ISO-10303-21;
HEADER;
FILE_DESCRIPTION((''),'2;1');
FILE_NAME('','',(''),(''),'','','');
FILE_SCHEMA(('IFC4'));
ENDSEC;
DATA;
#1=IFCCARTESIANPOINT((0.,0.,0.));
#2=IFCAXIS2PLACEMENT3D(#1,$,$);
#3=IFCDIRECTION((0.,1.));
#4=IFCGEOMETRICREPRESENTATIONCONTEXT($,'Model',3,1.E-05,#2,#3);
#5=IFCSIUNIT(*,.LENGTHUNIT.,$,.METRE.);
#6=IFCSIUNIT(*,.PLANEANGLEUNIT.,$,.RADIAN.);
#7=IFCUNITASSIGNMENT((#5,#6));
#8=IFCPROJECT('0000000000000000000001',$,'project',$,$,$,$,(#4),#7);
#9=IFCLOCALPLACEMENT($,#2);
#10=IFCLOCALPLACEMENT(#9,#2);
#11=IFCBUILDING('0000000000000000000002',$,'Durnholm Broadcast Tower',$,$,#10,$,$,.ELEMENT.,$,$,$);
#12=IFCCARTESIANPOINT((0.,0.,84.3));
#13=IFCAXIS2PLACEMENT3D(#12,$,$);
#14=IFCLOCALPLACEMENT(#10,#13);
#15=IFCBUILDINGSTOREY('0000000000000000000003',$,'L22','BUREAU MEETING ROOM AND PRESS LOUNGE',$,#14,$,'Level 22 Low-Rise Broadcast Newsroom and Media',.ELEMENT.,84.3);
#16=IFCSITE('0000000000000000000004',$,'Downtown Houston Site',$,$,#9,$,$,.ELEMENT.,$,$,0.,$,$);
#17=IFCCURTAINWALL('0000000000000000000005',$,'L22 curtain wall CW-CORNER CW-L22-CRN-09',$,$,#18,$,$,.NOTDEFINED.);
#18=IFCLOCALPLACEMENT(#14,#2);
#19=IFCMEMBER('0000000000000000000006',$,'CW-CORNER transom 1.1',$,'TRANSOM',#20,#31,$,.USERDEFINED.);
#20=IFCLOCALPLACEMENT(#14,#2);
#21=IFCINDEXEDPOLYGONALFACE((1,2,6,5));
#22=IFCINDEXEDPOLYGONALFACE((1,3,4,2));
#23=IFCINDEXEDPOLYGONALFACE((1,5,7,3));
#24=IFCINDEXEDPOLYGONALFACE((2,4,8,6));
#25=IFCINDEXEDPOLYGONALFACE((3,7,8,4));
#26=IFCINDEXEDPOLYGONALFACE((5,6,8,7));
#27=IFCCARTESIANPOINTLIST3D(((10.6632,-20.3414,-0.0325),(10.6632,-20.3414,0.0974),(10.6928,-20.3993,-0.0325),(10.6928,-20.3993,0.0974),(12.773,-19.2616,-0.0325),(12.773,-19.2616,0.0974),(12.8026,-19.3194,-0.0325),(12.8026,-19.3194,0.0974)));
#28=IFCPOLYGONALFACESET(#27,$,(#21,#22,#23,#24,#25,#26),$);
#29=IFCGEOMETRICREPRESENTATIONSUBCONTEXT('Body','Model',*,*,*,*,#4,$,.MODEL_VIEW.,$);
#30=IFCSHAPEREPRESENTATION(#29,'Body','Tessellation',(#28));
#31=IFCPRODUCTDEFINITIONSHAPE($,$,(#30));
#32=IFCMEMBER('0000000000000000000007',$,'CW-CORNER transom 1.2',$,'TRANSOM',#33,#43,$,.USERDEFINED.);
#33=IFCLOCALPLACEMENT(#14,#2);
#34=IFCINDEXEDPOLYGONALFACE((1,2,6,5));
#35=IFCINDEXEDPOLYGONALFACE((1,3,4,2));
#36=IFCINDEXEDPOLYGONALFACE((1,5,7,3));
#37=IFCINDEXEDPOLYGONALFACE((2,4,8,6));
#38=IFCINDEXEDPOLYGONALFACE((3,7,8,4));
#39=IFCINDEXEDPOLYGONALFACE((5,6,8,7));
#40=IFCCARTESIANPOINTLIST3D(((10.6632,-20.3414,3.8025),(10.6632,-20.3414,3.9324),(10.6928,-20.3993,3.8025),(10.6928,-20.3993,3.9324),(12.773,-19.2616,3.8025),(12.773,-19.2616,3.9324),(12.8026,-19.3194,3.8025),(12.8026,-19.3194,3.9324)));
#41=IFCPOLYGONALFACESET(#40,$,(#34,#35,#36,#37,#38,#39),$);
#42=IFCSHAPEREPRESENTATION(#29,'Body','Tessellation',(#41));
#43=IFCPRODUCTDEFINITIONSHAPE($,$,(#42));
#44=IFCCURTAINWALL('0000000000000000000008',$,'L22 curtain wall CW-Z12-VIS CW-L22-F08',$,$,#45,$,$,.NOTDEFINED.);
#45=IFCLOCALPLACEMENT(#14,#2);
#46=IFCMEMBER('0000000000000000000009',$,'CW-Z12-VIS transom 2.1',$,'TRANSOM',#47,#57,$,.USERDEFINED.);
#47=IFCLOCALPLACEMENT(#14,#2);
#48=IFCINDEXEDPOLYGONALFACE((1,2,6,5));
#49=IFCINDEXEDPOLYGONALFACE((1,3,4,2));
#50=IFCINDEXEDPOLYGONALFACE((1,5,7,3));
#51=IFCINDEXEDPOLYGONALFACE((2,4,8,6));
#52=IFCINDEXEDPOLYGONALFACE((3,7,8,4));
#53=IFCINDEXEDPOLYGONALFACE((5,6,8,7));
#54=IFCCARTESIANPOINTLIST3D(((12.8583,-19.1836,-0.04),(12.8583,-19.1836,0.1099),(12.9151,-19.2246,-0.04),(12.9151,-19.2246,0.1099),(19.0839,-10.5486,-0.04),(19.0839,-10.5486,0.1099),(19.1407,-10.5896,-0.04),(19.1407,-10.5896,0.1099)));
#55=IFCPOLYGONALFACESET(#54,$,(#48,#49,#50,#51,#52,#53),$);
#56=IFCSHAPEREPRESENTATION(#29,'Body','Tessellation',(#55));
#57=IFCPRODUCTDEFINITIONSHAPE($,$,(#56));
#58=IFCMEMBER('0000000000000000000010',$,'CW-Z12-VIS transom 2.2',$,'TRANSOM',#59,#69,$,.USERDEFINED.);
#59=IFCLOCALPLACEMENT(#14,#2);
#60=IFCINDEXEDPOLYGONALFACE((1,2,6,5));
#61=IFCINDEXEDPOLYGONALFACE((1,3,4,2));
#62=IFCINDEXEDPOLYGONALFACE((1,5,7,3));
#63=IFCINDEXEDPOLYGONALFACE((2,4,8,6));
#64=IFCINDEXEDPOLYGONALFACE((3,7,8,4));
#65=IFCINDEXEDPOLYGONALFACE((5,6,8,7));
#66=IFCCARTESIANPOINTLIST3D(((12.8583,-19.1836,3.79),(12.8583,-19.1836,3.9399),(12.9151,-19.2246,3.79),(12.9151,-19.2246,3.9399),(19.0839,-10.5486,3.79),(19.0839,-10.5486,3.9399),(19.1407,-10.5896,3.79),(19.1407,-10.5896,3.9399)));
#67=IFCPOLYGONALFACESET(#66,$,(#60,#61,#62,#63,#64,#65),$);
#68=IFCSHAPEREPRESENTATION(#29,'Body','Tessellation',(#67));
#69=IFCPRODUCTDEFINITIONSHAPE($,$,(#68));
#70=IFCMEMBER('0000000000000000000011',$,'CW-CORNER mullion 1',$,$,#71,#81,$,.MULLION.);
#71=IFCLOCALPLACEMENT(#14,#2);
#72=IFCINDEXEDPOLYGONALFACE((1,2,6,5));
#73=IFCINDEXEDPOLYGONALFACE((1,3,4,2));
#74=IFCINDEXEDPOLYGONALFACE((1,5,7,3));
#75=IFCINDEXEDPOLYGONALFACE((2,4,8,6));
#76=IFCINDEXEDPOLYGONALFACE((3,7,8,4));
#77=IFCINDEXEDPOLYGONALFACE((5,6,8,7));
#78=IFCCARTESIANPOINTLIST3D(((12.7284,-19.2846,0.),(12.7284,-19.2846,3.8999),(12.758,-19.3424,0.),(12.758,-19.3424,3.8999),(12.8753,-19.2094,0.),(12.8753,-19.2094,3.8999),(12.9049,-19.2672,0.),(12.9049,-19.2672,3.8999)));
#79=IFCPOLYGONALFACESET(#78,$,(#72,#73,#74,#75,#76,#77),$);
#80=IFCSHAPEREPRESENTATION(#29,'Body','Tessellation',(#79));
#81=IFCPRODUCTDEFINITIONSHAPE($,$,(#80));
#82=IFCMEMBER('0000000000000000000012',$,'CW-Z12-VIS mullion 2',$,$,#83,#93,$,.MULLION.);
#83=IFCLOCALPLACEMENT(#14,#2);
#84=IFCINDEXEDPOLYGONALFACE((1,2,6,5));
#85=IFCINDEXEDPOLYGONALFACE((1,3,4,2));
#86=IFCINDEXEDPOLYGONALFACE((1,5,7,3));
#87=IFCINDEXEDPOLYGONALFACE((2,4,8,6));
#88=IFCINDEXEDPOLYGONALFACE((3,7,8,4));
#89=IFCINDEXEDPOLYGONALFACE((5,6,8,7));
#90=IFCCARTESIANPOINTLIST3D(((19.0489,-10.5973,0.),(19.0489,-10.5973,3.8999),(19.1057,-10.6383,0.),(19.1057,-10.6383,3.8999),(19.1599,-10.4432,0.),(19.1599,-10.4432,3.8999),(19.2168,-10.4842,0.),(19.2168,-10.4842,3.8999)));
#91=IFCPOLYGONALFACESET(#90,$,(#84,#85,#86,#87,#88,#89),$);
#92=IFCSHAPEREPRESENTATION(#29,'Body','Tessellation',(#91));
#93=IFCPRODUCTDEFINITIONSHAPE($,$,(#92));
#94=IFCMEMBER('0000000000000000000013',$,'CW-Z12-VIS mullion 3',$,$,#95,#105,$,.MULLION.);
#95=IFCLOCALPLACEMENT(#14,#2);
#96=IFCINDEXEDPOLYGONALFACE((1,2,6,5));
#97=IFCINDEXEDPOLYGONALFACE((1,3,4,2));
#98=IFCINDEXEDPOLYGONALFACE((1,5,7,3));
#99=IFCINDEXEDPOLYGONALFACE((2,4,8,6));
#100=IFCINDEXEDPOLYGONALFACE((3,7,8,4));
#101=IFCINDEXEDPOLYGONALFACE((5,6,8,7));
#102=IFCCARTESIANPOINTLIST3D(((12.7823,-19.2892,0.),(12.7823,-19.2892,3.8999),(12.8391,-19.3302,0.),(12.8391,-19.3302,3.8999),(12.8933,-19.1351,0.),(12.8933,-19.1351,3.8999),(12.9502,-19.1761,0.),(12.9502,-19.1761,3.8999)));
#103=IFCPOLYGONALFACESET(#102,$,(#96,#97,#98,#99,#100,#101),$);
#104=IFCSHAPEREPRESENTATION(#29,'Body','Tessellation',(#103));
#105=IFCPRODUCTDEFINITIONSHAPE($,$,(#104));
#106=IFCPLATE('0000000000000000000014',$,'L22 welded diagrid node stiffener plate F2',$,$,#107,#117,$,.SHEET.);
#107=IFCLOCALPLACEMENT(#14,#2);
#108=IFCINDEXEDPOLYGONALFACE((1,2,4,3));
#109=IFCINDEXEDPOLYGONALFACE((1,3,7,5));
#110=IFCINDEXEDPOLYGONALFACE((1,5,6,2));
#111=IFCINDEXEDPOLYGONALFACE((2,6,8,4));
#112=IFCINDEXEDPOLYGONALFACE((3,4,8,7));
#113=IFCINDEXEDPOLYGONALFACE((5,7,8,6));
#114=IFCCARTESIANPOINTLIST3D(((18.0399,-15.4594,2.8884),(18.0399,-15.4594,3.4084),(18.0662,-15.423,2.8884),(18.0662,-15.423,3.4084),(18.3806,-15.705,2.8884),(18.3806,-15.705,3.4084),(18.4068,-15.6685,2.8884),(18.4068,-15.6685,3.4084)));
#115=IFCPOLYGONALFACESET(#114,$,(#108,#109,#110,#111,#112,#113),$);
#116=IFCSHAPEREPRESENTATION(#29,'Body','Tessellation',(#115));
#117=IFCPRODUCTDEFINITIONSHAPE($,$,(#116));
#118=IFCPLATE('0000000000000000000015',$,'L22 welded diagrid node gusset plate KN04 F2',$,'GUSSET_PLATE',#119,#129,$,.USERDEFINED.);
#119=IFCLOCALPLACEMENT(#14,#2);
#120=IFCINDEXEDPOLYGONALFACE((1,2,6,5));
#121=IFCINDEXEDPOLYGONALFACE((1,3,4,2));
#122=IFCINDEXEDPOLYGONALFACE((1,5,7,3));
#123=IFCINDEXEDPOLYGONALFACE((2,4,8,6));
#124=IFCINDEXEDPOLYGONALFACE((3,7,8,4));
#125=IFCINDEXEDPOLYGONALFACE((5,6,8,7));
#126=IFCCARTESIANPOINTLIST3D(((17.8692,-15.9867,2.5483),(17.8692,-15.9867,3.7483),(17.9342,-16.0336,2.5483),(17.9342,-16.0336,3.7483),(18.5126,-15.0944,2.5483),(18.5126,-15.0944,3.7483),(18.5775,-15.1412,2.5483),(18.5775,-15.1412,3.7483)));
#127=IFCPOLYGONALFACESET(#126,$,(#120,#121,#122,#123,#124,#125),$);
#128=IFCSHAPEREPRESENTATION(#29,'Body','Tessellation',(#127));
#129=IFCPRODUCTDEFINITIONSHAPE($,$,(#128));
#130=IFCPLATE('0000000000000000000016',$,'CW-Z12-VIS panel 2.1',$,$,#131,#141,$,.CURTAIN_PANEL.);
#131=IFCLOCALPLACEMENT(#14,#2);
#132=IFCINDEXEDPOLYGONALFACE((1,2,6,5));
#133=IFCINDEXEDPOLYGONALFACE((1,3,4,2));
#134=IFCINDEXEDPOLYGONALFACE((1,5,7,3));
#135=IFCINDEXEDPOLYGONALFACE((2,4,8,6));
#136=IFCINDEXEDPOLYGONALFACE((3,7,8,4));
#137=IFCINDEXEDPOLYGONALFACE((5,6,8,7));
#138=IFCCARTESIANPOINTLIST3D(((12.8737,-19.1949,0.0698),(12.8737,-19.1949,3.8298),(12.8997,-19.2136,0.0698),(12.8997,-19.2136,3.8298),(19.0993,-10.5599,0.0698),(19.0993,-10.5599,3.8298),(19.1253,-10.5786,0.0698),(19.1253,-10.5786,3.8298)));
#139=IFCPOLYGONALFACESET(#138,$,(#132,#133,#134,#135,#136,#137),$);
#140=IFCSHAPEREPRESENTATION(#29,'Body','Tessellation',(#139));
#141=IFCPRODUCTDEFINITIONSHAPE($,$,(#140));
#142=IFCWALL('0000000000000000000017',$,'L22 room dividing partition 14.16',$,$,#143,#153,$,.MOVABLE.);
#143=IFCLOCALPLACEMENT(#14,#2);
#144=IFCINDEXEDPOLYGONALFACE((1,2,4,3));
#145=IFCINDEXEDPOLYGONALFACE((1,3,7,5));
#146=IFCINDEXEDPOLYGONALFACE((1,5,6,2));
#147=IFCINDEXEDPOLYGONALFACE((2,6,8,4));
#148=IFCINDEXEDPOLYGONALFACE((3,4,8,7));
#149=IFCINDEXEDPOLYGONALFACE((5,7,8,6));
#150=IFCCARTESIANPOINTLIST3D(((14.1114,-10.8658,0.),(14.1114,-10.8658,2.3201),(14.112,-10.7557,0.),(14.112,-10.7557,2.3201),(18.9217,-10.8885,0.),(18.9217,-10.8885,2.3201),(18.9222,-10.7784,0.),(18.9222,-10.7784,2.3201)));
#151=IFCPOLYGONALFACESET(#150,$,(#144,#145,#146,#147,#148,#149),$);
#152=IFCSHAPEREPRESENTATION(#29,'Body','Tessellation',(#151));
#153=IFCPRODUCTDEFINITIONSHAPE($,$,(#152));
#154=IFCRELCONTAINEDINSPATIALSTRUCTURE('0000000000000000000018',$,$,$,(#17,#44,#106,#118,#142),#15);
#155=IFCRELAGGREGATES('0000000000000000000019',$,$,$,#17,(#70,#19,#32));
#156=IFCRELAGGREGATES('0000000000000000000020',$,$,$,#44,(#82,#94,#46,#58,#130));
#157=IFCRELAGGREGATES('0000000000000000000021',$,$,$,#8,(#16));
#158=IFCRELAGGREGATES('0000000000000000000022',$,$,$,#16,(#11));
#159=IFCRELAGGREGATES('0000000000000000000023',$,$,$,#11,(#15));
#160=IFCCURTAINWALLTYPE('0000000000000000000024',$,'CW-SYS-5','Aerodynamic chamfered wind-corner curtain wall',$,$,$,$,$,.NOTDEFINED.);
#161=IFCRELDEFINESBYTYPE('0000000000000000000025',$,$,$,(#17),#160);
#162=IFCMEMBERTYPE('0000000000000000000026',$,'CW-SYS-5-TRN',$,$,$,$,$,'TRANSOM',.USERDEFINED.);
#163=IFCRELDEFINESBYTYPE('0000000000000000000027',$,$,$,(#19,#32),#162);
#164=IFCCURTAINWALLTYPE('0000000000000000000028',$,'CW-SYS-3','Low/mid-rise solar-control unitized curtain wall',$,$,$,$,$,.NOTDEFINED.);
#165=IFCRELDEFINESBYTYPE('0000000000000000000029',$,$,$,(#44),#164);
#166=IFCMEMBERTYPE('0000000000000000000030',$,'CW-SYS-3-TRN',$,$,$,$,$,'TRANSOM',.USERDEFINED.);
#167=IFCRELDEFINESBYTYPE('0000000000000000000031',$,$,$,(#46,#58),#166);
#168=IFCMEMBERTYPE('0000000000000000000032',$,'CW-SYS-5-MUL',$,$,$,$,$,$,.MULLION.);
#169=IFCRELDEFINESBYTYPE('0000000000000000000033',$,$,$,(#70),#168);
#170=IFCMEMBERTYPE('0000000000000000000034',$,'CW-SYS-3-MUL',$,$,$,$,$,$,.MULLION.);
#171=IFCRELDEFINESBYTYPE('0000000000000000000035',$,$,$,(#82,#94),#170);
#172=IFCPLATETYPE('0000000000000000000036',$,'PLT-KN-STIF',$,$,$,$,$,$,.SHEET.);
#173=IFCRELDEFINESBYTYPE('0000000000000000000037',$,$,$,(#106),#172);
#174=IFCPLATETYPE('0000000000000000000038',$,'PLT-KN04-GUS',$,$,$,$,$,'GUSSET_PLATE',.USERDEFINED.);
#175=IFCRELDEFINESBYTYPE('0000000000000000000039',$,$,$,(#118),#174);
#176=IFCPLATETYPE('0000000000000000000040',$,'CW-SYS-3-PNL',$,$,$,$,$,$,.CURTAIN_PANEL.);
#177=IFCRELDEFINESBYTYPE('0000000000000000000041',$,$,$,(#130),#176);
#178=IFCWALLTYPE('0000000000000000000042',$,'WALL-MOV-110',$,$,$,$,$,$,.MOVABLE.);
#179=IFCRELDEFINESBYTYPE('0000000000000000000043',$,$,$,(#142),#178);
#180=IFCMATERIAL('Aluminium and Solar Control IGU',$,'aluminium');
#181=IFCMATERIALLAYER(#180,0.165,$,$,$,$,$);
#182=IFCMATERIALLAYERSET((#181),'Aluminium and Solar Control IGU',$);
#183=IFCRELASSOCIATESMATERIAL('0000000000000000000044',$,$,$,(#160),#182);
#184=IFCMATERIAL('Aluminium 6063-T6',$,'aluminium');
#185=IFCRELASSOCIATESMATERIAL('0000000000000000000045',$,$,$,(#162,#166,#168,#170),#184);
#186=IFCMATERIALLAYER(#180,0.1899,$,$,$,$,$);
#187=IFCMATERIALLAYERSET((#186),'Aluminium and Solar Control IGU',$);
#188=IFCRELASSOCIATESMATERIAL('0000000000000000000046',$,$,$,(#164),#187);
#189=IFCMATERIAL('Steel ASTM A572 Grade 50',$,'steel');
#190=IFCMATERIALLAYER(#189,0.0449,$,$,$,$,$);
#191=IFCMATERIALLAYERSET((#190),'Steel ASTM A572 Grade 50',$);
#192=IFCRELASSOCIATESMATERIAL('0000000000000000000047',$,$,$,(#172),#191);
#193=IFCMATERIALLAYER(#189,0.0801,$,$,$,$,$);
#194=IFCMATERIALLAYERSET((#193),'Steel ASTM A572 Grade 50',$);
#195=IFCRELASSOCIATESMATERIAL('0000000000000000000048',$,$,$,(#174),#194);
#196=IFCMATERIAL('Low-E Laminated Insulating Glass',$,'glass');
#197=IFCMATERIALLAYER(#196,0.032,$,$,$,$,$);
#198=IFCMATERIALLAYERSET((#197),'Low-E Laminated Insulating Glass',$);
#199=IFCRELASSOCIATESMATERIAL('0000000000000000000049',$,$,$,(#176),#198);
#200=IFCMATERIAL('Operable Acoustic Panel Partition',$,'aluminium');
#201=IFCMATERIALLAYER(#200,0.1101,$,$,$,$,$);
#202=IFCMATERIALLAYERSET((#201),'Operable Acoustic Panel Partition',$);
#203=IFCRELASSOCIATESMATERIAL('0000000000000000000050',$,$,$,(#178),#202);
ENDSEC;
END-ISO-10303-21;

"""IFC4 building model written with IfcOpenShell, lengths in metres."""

from ifc_helpers import new_model, si_unit, direction, frame, frame_2d, origin, origin_2d, place, context, subcontext, project, spatial, rectangle, extrude, source, transform, mapped, material, layer, layer_set, material_profile, profile_set, type_object, type_shapes, element, aggregate, save


model = new_model("IFC4")

# Units and contexts
model_context = context("Model", 3, precision=1e-05, world=origin(), true_north=direction((0.0, 1.0)))
body_context = subcontext(model_context, "Body", "Model", "MODEL_VIEW")
ifc_project = project(units=[si_unit("LENGTHUNIT", "METRE"), si_unit("PLANEANGLEUNIT", "RADIAN")], contexts=[model_context])

# Site, building, storey
site_placement = place(None, origin())
site = spatial("IfcSite", under=ifc_project, at=site_placement, Name="Downtown Houston Site", CompositionType="ELEMENT", RefElevation=0.0)
building_placement = place(site_placement, origin())
building = spatial("IfcBuilding", under=site, at=building_placement, Name="Durnholm Broadcast Tower", CompositionType="ELEMENT")
storey_placement = place(building_placement, frame((0.0, 0.0, 84.3)))
storey = spatial("IfcBuildingStorey", under=building, at=storey_placement, Name="L22", Description="BUREAU MEETING ROOM AND PRESS LOUNGE", LongName="Level 22 Low-Rise Broadcast Newsroom and Media", CompositionType="ELEMENT", Elevation=84.3)

# Curtain walls, members
ifc_material_1 = material(Name="Aluminium and Solar Control IGU", Category="aluminium")
ifc_layer_1 = layer(ifc_material_1, 0.165)
ifc_layer_set_1 = layer_set([ifc_layer_1], Name="Aluminium and Solar Control IGU")
curtain_wall_type_1 = type_object("IfcCurtainWallType", Name="CW-SYS-5", Description="Aerodynamic chamfered wind-corner curtain wall", PredefinedType="NOTDEFINED", material=ifc_layer_set_1)
curtain_wall_1_placement = place(storey_placement, origin())
curtain_wall_1 = element("IfcCurtainWall", 1, at=curtain_wall_1_placement, inside=storey, type_object=curtain_wall_type_1, Name="L22 curtain wall CW-CORNER CW-L22-CRN-09", PredefinedType="NOTDEFINED")
ifc_material_2 = material(Name="Aluminium 6063-T6", Category="aluminium")
ifc_material_profile_1 = material_profile(ifc_material_2, rectangle(XDim=0.0649, YDim=0.1299, at=origin_2d()), Name="CWT65X130")
ifc_profile_set_1 = profile_set([ifc_material_profile_1], Name="Aluminium 6063-T6")
member_type_1 = type_object("IfcMemberType", Name="CW-SYS-5-TRN", ElementType="TRANSOM", PredefinedType="USERDEFINED", material=ifc_profile_set_1)
shared_shape_1 = source(origin(), body_context, "Body", "SweptSolid", [
    extrude(rectangle(XDim=0.0649, YDim=0.1299, at=origin_2d()), origin(), (0.0, 0.0, 1.0), 2.3701),
])
type_shapes(member_type_1, [shared_shape_1])
member_1_placement = place(storey_placement, frame((12.7878, -19.2905, 0.0325), z_axis=(-0.890185, -0.455599, 0.0), x_axis=(0.455599, -0.890185, 0.0)))
member_1 = element("IfcMember", 2, at=member_1_placement, type_object=member_type_1, Name="CW-CORNER transom 1.1", ObjectType="TRANSOM", PredefinedType="USERDEFINED", context=body_context, shape_type="MappedRepresentation", body=[
    mapped(shared_shape_1, transform((0.0, 0.0, 0.0), x_axis=(1.0, 0.0, 0.0), y_axis=(0.0, 1.0, 0.0), z_axis=(0.0, 0.0, 1.0), scale=1.0)),
])
member_2_placement = place(storey_placement, frame((12.7878, -19.2905, 3.8674), z_axis=(-0.890185, -0.455599, 0.0), x_axis=(0.455599, -0.890185, 0.0)))
member_2 = element("IfcMember", 3, at=member_2_placement, type_object=member_type_1, Name="CW-CORNER transom 1.2", ObjectType="TRANSOM", PredefinedType="USERDEFINED", context=body_context, shape_type="MappedRepresentation", body=[
    mapped(shared_shape_1, transform((0.0, 0.0, 0.0), x_axis=(1.0, 0.0, 0.0), y_axis=(0.0, 1.0, 0.0), z_axis=(0.0, 0.0, 1.0), scale=1.0)),
])
ifc_layer_2 = layer(ifc_material_1, 0.1899)
ifc_layer_set_2 = layer_set([ifc_layer_2], Name="Aluminium and Solar Control IGU")
curtain_wall_type_2 = type_object("IfcCurtainWallType", Name="CW-SYS-3", Description="Low/mid-rise solar-control unitized curtain wall", PredefinedType="NOTDEFINED", material=ifc_layer_set_2)
curtain_wall_2_placement = place(storey_placement, origin())
curtain_wall_2 = element("IfcCurtainWall", 4, at=curtain_wall_2_placement, inside=storey, type_object=curtain_wall_type_2, Name="L22 curtain wall CW-Z12-VIS CW-L22-F08", PredefinedType="NOTDEFINED")
ifc_material_profile_2 = material_profile(ifc_material_2, rectangle(XDim=0.0701, YDim=0.1499, at=origin_2d()), Name="CWT70X150")
ifc_profile_set_2 = profile_set([ifc_material_profile_2], Name="Aluminium 6063-T6")
member_type_2 = type_object("IfcMemberType", Name="CW-SYS-3-TRN", ElementType="TRANSOM", PredefinedType="USERDEFINED", material=ifc_profile_set_2)
shared_shape_2 = source(origin(), body_context, "Body", "SweptSolid", [
    extrude(rectangle(XDim=0.0701, YDim=0.1499, at=origin_2d()), origin(), (0.0, 0.0, 1.0), 10.6453),
])
type_shapes(member_type_2, [shared_shape_2])
member_3_placement = place(storey_placement, frame((19.1123, -10.5691, 0.0349), z_axis=(-0.584823, -0.811161, 0.0), x_axis=(0.811161, -0.584823, 0.0)))
member_3 = element("IfcMember", 5, at=member_3_placement, type_object=member_type_2, Name="CW-Z12-VIS transom 2.1", ObjectType="TRANSOM", PredefinedType="USERDEFINED", context=body_context, shape_type="MappedRepresentation", body=[
    mapped(shared_shape_2, transform((0.0, 0.0, 0.0), x_axis=(1.0, 0.0, 0.0), y_axis=(0.0, 1.0, 0.0), z_axis=(0.0, 0.0, 1.0), scale=1.0)),
])
member_4_placement = place(storey_placement, frame((19.1123, -10.5691, 3.865), z_axis=(-0.584823, -0.811161, 0.0), x_axis=(0.811161, -0.584823, 0.0)))
member_4 = element("IfcMember", 6, at=member_4_placement, type_object=member_type_2, Name="CW-Z12-VIS transom 2.2", ObjectType="TRANSOM", PredefinedType="USERDEFINED", context=body_context, shape_type="MappedRepresentation", body=[
    mapped(shared_shape_2, transform((0.0, 0.0, 0.0), x_axis=(1.0, 0.0, 0.0), y_axis=(0.0, 1.0, 0.0), z_axis=(0.0, 0.0, 1.0), scale=1.0)),
])

# Members
ifc_material_profile_3 = material_profile(ifc_material_2, rectangle(XDim=0.0649, YDim=0.165, at=origin_2d()), Name="CWM65X165")
ifc_profile_set_3 = profile_set([ifc_material_profile_3], Name="Aluminium 6063-T6")
member_type_3 = type_object("IfcMemberType", Name="CW-SYS-5-MUL", PredefinedType="MULLION", material=ifc_profile_set_3)
shared_shape_3 = source(origin(), body_context, "Body", "SweptSolid", [
    extrude(rectangle(XDim=0.0649, YDim=0.165, at=origin_2d()), origin(), (0.0, 0.0, 1.0), 3.8999),
])
type_shapes(member_type_3, [shared_shape_3])
member_5_placement = place(storey_placement, frame((12.8167, -19.2759, 0.0), z_axis=(0.0, 0.0, 1.0), x_axis=(0.455594, -0.890188, 0.0)))
member_5 = element("IfcMember", 7, at=member_5_placement, type_object=member_type_3, Name="CW-CORNER mullion 1", PredefinedType="MULLION", context=body_context, shape_type="MappedRepresentation", body=[
    mapped(shared_shape_3, transform((0.0, 0.0, 0.0), x_axis=(1.0, 0.0, 0.0), y_axis=(0.0, 1.0, 0.0), z_axis=(0.0, 0.0, 1.0), scale=1.0)),
])
aggregate(curtain_wall_1, [member_5, member_1, member_2])
ifc_material_profile_4 = material_profile(ifc_material_2, rectangle(XDim=0.0701, YDim=0.1899, at=origin_2d()), Name="CWM70X190")
ifc_profile_set_4 = profile_set([ifc_material_profile_4], Name="Aluminium 6063-T6")
member_type_4 = type_object("IfcMemberType", Name="CW-SYS-3-MUL", PredefinedType="MULLION", material=ifc_profile_set_4)
shared_shape_4 = source(origin(), body_context, "Body", "SweptSolid", [
    extrude(rectangle(XDim=0.0701, YDim=0.1899, at=origin_2d()), origin(), (0.0, 0.0, 1.0), 3.8999),
])
type_shapes(member_type_4, [shared_shape_4])
member_6_placement = place(storey_placement, frame((19.1328, -10.5408, 0.0), z_axis=(0.0, 0.0, 1.0), x_axis=(0.811161, -0.584823, 0.0)))
member_6 = element("IfcMember", 8, at=member_6_placement, type_object=member_type_4, Name="CW-Z12-VIS mullion 2", PredefinedType="MULLION", context=body_context, shape_type="MappedRepresentation", body=[
    mapped(shared_shape_4, transform((0.0, 0.0, 0.0), x_axis=(1.0, 0.0, 0.0), y_axis=(0.0, 1.0, 0.0), z_axis=(0.0, 0.0, 1.0), scale=1.0)),
])
member_7_placement = place(storey_placement, frame((12.8662, -19.2327, 0.0), z_axis=(0.0, 0.0, 1.0), x_axis=(0.811161, -0.584823, 0.0)))
member_7 = element("IfcMember", 9, at=member_7_placement, type_object=member_type_4, Name="CW-Z12-VIS mullion 3", PredefinedType="MULLION", context=body_context, shape_type="MappedRepresentation", body=[
    mapped(shared_shape_4, transform((0.0, 0.0, 0.0), x_axis=(1.0, 0.0, 0.0), y_axis=(0.0, 1.0, 0.0), z_axis=(0.0, 0.0, 1.0), scale=1.0)),
])

# Plates
ifc_material_3 = material(Name="Steel ASTM A572 Grade 50", Category="steel")
ifc_layer_3 = layer(ifc_material_3, 0.0449)
ifc_layer_set_3 = layer_set([ifc_layer_3], Name="Steel ASTM A572 Grade 50")
plate_type_1 = type_object("IfcPlateType", Name="PLT-KN-STIF", PredefinedType="SHEET", material=ifc_layer_set_3)
shared_shape_5 = source(origin(), body_context, "Body", "SweptSolid", [
    extrude(rectangle(XDim=0.0449, YDim=0.4199, at=origin_2d()), origin(), (0.0, 0.0, 1.0), 0.52),
])
type_shapes(plate_type_1, [shared_shape_5])
plate_1_placement = place(storey_placement, frame((18.2234, -15.564, 2.8884), z_axis=(0.0, 0.0, 1.0), x_axis=(0.584816, 0.811166, 0.0)))
element("IfcPlate", 10, at=plate_1_placement, inside=storey, type_object=plate_type_1, Name="L22 welded diagrid node stiffener plate F2", PredefinedType="SHEET", context=body_context, shape_type="MappedRepresentation", body=[
    mapped(shared_shape_5, transform((0.0, 0.0, 0.0), x_axis=(1.0, 0.0, 0.0), y_axis=(0.0, 1.0, 0.0), z_axis=(0.0, 0.0, 1.0), scale=1.0)),
])
ifc_layer_4 = layer(ifc_material_3, 0.0801)
ifc_layer_set_4 = layer_set([ifc_layer_4], Name="Steel ASTM A572 Grade 50")
plate_type_2 = type_object("IfcPlateType", Name="PLT-KN04-GUS", ElementType="GUSSET_PLATE", PredefinedType="USERDEFINED", material=ifc_layer_set_4)
shared_shape_6 = source(origin(), body_context, "Body", "SweptSolid", [
    extrude(rectangle(XDim=1.1001, YDim=0.0801, at=origin_2d()), origin(), (0.0, 0.0, 1.0), 1.2),
])
type_shapes(plate_type_2, [shared_shape_6])
plate_2_placement = place(storey_placement, frame((18.2234, -15.564, 2.5483), z_axis=(0.0, 0.0, 1.0), x_axis=(0.584816, 0.811166, 0.0)))
element("IfcPlate", 11, at=plate_2_placement, inside=storey, type_object=plate_type_2, Name="L22 welded diagrid node gusset plate KN04 F2", ObjectType="GUSSET_PLATE", PredefinedType="USERDEFINED", context=body_context, shape_type="MappedRepresentation", body=[
    mapped(shared_shape_6, transform((0.0, 0.0, 0.0), x_axis=(1.0, 0.0, 0.0), y_axis=(0.0, 1.0, 0.0), z_axis=(0.0, 0.0, 1.0), scale=1.0)),
])

# Plate
ifc_material_4 = material(Name="Low-E Laminated Insulating Glass", Category="glass")
ifc_layer_5 = layer(ifc_material_4, 0.032)
ifc_layer_set_5 = layer_set([ifc_layer_5], Name="Low-E Laminated Insulating Glass")
plate_type_3 = type_object("IfcPlateType", Name="CW-SYS-3-PNL", PredefinedType="CURTAIN_PANEL", material=ifc_layer_set_5)
shared_shape_7 = source(origin(), body_context, "Body", "SweptSolid", [
    extrude(rectangle(XDim=10.6453, YDim=0.032, at=origin_2d()), origin(), (0.0, 0.0, 1.0), 3.76),
])
type_shapes(plate_type_3, [shared_shape_7])
plate_3_placement = place(storey_placement, frame((15.9995, -14.8867, 0.0698), z_axis=(0.0, 0.0, 1.0), x_axis=(-0.584823, -0.811161, 0.0)))
plate_3 = element("IfcPlate", 12, at=plate_3_placement, type_object=plate_type_3, Name="CW-Z12-VIS panel 2.1", PredefinedType="CURTAIN_PANEL", context=body_context, shape_type="MappedRepresentation", body=[
    mapped(shared_shape_7, transform((0.0, 0.0, 0.0), x_axis=(1.0, 0.0, 0.0), y_axis=(0.0, 1.0, 0.0), z_axis=(0.0, 0.0, 1.0), scale=1.0)),
])
aggregate(curtain_wall_2, [member_6, member_7, member_3, member_4, plate_3])

# Wall
ifc_material_5 = material(Name="Operable Acoustic Panel Partition", Category="aluminium")
ifc_layer_6 = layer(ifc_material_5, 0.1101)
ifc_layer_set_6 = layer_set([ifc_layer_6], Name="Operable Acoustic Panel Partition")
wall_type_1 = type_object("IfcWallType", Name="WALL-MOV-110", PredefinedType="MOVABLE", material=ifc_layer_set_6)
wall_1_placement = place(storey_placement, frame((14.1116, -10.8108, 0.0), z_axis=(0.0, 0.0, 1.0), x_axis=(0.999989, -0.00472, 0.0)))
element("IfcWall", 13, at=wall_1_placement, inside=storey, type_object=wall_type_1, Name="L22 room dividing partition 14.16", PredefinedType="MOVABLE", context=body_context, shape_type="SweptSolid", body=[
    extrude(rectangle(XDim=4.8103, YDim=0.1101, at=frame_2d((2.4053, 0.0))), origin(), (0.0, 0.0, 1.0), 2.3201),
])

save(model, "model.ifc")
